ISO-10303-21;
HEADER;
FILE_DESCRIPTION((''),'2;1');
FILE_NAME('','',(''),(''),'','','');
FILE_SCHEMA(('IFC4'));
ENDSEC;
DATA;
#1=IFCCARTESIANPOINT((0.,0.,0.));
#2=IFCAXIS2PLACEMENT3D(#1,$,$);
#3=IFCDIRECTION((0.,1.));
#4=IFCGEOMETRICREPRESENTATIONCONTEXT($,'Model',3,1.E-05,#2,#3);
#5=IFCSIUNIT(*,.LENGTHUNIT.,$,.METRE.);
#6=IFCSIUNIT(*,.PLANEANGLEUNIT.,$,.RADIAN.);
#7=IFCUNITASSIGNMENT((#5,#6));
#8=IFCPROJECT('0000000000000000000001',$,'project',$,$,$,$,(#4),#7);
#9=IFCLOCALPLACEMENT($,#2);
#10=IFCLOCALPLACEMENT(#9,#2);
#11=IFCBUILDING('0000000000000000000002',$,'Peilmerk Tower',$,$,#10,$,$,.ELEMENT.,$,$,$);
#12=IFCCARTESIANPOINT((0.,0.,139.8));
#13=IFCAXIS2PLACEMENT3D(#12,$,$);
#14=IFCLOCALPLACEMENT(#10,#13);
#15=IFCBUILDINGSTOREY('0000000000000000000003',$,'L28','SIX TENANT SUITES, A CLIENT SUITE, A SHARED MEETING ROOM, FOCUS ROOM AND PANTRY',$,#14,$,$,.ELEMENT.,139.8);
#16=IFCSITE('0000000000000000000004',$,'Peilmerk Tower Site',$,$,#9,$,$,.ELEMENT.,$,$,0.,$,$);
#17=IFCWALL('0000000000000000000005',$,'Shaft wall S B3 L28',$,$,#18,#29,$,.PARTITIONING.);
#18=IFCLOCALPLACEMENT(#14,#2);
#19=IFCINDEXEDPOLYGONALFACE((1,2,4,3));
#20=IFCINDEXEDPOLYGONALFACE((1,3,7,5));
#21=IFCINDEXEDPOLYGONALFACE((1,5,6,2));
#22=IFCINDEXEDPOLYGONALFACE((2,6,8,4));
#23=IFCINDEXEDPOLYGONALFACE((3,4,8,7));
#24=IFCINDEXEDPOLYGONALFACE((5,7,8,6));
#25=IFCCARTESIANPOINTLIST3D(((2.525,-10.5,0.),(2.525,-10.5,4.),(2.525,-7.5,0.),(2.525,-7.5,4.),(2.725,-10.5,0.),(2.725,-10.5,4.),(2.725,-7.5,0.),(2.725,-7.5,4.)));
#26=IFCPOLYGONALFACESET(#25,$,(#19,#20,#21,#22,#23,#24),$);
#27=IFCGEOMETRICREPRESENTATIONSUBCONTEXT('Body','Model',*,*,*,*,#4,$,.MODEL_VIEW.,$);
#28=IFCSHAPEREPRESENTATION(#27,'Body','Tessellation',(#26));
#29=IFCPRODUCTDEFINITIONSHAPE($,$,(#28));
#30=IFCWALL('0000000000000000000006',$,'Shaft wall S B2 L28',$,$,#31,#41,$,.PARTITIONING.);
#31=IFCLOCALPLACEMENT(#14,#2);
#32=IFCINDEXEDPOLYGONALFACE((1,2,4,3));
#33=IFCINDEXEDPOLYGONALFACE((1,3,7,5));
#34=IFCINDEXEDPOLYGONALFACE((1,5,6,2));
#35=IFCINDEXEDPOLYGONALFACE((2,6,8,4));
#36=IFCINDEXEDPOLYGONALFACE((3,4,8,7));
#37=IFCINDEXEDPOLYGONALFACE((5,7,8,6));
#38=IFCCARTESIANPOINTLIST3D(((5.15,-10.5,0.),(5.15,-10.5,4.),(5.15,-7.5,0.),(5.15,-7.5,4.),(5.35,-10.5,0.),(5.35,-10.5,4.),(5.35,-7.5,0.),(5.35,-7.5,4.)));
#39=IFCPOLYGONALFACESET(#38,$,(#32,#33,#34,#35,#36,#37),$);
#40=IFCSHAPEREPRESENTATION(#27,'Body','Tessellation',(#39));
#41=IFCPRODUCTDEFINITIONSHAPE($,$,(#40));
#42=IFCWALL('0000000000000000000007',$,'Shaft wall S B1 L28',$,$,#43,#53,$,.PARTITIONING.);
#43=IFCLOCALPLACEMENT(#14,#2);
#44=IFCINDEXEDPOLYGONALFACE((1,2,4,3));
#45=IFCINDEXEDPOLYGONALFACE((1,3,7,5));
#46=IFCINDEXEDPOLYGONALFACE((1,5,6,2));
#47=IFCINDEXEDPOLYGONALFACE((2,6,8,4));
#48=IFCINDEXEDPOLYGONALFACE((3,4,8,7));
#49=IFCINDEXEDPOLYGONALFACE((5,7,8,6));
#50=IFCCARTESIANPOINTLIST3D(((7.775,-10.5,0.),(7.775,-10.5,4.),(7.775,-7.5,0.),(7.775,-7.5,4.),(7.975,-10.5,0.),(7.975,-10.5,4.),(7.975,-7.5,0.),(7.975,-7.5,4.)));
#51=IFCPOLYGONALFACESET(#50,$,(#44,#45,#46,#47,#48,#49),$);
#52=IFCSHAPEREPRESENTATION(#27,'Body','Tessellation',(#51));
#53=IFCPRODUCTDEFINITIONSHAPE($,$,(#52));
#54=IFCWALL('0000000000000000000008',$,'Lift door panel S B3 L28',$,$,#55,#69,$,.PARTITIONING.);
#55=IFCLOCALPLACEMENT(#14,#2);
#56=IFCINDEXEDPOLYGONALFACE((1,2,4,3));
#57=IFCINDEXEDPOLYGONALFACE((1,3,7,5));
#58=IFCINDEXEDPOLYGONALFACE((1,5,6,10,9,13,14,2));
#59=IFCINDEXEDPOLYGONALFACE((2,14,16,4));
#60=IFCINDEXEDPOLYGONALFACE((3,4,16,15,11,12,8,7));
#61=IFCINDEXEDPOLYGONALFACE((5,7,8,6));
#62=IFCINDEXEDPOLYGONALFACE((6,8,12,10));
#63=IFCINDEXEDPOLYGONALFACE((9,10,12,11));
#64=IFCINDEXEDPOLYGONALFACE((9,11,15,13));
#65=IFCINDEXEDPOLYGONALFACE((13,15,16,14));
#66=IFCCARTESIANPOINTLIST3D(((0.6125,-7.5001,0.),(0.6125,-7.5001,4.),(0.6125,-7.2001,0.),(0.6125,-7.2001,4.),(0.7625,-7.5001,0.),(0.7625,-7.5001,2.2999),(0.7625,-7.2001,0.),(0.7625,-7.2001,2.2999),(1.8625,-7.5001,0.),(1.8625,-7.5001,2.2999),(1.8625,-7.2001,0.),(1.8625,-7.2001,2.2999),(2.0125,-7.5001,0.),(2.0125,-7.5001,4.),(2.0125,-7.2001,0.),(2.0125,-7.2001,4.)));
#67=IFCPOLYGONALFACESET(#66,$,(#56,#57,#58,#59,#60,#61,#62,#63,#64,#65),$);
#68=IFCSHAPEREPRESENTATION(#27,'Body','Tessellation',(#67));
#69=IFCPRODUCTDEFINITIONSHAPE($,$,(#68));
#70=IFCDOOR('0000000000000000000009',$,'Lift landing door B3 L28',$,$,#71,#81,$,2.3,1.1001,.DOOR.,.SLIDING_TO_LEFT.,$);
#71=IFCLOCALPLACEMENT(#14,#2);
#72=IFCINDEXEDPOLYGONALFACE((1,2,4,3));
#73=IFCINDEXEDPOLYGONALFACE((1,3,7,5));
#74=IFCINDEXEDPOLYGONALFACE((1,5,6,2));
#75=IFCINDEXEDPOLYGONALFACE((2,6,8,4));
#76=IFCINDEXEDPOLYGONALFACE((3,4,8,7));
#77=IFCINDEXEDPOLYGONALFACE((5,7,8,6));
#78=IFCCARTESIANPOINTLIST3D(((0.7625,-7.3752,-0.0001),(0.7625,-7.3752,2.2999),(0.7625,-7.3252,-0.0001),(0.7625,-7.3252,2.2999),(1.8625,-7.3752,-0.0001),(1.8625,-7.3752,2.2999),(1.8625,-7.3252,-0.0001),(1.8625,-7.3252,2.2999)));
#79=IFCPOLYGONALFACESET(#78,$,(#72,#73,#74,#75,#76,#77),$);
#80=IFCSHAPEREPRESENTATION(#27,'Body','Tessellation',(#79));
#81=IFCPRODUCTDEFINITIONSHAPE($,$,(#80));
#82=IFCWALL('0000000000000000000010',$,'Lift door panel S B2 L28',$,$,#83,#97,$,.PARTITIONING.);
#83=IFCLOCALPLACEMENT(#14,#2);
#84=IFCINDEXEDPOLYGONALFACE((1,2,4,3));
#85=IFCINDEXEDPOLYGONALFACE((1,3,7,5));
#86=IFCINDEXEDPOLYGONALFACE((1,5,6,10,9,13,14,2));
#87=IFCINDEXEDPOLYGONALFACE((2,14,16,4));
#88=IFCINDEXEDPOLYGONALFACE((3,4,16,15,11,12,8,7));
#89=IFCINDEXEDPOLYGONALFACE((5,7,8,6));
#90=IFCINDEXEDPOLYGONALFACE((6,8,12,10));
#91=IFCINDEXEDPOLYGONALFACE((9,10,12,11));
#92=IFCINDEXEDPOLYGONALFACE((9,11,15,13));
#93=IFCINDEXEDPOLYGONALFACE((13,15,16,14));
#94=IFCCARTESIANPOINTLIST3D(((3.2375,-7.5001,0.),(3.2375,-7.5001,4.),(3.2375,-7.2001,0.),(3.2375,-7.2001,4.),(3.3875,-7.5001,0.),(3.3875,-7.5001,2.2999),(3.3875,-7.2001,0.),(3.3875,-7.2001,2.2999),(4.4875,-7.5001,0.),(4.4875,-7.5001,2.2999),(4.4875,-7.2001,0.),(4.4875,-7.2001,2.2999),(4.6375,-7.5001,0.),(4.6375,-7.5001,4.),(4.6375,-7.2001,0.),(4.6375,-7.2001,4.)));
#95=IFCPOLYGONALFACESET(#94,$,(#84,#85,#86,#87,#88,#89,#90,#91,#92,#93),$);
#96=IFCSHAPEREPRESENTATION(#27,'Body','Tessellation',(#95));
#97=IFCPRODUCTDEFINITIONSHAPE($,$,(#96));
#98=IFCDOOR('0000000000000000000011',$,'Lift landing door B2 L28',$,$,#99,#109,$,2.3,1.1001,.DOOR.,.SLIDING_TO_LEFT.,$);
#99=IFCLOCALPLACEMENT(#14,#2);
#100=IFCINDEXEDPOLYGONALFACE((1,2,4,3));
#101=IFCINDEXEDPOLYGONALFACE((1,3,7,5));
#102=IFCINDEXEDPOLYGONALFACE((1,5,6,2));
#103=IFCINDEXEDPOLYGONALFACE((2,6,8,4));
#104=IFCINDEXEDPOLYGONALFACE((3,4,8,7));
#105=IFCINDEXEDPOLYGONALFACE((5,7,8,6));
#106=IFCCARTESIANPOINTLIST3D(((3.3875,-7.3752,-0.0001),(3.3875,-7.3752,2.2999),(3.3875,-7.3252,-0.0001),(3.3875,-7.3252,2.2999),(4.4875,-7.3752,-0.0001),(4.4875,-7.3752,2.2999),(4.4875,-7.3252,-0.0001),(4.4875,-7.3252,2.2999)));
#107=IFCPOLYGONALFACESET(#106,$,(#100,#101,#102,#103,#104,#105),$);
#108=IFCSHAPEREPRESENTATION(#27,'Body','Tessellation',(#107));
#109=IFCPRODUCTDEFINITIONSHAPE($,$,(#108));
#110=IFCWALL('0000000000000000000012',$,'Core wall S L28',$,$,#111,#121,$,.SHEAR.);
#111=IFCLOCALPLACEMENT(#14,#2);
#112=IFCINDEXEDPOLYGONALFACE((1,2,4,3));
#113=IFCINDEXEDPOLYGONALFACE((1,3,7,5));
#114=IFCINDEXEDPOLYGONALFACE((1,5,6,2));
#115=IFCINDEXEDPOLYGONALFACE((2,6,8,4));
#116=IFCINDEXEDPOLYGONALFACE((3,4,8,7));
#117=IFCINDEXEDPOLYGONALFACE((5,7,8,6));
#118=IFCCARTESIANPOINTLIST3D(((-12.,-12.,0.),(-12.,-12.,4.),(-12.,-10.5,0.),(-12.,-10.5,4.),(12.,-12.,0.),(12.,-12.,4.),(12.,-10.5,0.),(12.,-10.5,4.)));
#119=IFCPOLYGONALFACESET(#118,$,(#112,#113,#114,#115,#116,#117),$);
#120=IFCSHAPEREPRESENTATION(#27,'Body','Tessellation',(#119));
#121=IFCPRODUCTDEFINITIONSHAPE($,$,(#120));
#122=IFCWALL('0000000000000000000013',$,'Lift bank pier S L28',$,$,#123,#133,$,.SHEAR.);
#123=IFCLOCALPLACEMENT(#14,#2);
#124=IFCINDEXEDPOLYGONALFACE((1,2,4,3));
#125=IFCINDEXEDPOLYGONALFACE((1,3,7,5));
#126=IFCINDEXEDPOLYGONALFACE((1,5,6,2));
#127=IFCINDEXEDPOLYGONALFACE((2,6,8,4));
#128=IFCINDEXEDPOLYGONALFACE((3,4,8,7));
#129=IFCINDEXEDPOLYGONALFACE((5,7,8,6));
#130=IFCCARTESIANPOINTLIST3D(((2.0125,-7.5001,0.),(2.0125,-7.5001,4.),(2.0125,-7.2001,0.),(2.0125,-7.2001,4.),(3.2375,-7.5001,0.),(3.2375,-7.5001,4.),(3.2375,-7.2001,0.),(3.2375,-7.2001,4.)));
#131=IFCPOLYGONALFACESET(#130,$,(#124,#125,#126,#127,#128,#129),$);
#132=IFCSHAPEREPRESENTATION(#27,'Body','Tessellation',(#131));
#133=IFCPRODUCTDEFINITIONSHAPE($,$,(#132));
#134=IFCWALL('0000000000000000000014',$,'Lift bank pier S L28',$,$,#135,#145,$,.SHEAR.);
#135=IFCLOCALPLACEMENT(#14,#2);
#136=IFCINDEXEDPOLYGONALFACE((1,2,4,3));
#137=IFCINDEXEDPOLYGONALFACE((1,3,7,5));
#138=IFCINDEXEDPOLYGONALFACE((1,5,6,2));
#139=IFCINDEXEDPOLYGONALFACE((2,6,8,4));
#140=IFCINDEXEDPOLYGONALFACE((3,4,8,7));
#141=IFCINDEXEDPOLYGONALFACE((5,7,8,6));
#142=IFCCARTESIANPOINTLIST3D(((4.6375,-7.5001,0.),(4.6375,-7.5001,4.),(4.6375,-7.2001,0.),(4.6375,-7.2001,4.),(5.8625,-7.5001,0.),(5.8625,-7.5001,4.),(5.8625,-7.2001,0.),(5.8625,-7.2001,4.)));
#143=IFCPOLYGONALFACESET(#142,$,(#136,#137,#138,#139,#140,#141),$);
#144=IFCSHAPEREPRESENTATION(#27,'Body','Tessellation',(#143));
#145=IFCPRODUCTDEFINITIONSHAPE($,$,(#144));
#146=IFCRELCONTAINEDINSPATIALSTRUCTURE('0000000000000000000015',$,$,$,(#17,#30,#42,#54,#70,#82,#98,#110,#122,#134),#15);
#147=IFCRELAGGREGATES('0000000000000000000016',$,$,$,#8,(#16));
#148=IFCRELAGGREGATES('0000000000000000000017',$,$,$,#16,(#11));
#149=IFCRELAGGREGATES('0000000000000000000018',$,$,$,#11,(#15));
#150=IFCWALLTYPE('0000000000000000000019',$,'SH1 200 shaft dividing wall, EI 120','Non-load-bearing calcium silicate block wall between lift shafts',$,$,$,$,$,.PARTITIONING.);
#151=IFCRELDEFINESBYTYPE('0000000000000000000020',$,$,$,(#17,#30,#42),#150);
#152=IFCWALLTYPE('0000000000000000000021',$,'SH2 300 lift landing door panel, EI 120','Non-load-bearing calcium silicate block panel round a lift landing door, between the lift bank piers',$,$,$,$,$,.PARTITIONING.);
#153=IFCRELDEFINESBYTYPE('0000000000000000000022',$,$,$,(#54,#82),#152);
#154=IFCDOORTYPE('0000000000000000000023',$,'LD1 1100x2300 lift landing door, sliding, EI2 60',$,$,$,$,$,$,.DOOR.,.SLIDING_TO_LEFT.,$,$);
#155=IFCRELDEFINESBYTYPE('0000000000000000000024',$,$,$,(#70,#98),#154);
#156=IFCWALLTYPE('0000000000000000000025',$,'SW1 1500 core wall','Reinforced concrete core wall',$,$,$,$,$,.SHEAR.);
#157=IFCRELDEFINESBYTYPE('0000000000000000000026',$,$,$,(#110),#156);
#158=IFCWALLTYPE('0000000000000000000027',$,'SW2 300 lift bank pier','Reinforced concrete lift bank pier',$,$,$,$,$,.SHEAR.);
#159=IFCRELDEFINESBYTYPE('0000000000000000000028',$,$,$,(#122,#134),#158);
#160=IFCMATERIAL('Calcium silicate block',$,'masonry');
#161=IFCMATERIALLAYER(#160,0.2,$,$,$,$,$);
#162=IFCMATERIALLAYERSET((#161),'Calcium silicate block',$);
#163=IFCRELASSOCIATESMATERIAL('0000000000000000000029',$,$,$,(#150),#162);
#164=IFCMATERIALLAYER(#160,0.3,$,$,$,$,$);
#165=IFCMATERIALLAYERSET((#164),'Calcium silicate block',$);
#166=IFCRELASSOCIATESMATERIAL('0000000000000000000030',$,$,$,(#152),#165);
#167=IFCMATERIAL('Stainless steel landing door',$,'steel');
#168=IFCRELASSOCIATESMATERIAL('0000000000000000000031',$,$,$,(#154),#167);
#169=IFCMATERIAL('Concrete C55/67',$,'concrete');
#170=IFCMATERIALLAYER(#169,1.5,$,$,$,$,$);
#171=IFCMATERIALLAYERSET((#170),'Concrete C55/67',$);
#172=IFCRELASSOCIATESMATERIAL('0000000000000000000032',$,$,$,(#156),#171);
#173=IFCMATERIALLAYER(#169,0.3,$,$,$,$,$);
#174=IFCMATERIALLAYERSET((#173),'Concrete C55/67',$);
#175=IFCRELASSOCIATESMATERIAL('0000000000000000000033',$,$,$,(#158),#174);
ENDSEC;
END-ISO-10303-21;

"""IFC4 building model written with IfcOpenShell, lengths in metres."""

from ifc_helpers import new_model, si_unit, direction, frame, frame_2d, origin, place, context, subcontext, project, spatial, rectangle, extrude, material, layer, layer_set, type_object, element, fill, save


model = new_model("IFC4")

# Units and contexts
model_context = context("Model", 3, precision=1e-05, world=origin(), true_north=direction((0.0, 1.0)))
body_context = subcontext(model_context, "Body", "Model", "MODEL_VIEW")
ifc_project = project(units=[si_unit("LENGTHUNIT", "METRE"), si_unit("PLANEANGLEUNIT", "RADIAN")], contexts=[model_context])

# Site, building, storey
site_placement = place(None, origin())
site = spatial("IfcSite", under=ifc_project, at=site_placement, Name="Peilmerk Tower Site", CompositionType="ELEMENT", RefElevation=0.0)
building_placement = place(site_placement, origin())
building = spatial("IfcBuilding", under=site, at=building_placement, Name="Peilmerk Tower", CompositionType="ELEMENT")
storey_placement = place(building_placement, frame((0.0, 0.0, 139.8)))
storey = spatial("IfcBuildingStorey", under=building, at=storey_placement, Name="L28", Description="SIX TENANT SUITES, A CLIENT SUITE, A SHARED MEETING ROOM, FOCUS ROOM AND PANTRY", CompositionType="ELEMENT", Elevation=139.8)

# Shared definitions
ifc_material_1 = material(Name="Calcium silicate block", Category="masonry")

# Walls
ifc_layer_1 = layer(ifc_material_1, 0.2)
ifc_layer_set_1 = layer_set([ifc_layer_1], Name="Calcium silicate block")
wall_type_1 = type_object("IfcWallType", Name="SH1 200 shaft dividing wall, EI 120", Description="Non-load-bearing calcium silicate block wall between lift shafts", PredefinedType="PARTITIONING", material=ifc_layer_set_1)
for number, where, z_axis, x_axis, name in (
    (1, (2.625, -10.5, 0.0), (0.0, 0.0, 1.0), (0.0, 1.0, 0.0), "Shaft wall S B3 L28"),
    (2, (5.25, -10.5, 0.0), (0.0, 0.0, 1.0), (0.0, 1.0, 0.0), "Shaft wall S B2 L28"),
    (3, (7.875, -10.5, 0.0), (0.0, 0.0, 1.0), (0.0, 1.0, 0.0), "Shaft wall S B1 L28"),
):
    element("IfcWall", number, at=place(storey_placement, frame(where, z_axis=z_axis, x_axis=x_axis)), inside=storey, type_object=wall_type_1, Name=name, PredefinedType="PARTITIONING", context=body_context, shape_type="SweptSolid", body=[
        extrude(rectangle(XDim=3.0, YDim=0.2, at=frame_2d((1.5, 0.0))), origin(), (0.0, 0.0, 1.0), 4.0),
    ])

# Walls, openings, doors
ifc_layer_2 = layer(ifc_material_1, 0.3)
ifc_layer_set_2 = layer_set([ifc_layer_2], Name="Calcium silicate block")
wall_type_2 = type_object("IfcWallType", Name="SH2 300 lift landing door panel, EI 120", Description="Non-load-bearing calcium silicate block panel round a lift landing door, between the lift bank piers", PredefinedType="PARTITIONING", material=ifc_layer_set_2)
wall_1_placement = place(storey_placement, frame((0.6125, -7.3501, 0.0), z_axis=(0.0, 0.0, 1.0), x_axis=(1.0, 0.0, 0.0)))
wall_1 = element("IfcWall", 4, at=wall_1_placement, inside=storey, type_object=wall_type_2, Name="Lift door panel S B3 L28", PredefinedType="PARTITIONING", context=body_context, shape_type="SweptSolid", body=[
    extrude(rectangle(XDim=1.3999, YDim=0.3, at=frame_2d((0.7, 0.0))), origin(), (0.0, 0.0, 1.0), 4.0),
])
opening_1_placement = place(wall_1_placement, frame((0.1499, 0.0, 0.0)))
opening_1 = element("IfcOpeningElement", 5, at=opening_1_placement, cuts=wall_1, PredefinedType="OPENING", context=body_context, shape_type="SweptSolid", body=[
    extrude(rectangle(XDim=1.1001, YDim=2.3, at=frame_2d((0.55, 1.1499))), frame((0.0, 0.1599, 0.0), z_axis=(0.0, -1.0, 0.0), x_axis=(1.0, 0.0, 0.0)), (0.0, 0.0, 1.0), 0.3201),
])
ifc_material_2 = material(Name="Stainless steel landing door", Category="steel")
door_type_1 = type_object("IfcDoorType", Name="LD1 1100x2300 lift landing door, sliding, EI2 60", OperationType="SLIDING_TO_LEFT", PredefinedType="DOOR", material=ifc_material_2)
door_1_placement = place(opening_1_placement, origin())
door_1 = element("IfcDoor", 6, at=door_1_placement, inside=storey, type_object=door_type_1, Name="Lift landing door B3 L28", OperationType="SLIDING_TO_LEFT", OverallHeight=2.3, OverallWidth=1.1001, PredefinedType="DOOR", context=body_context, shape_type="SweptSolid", body=[
    extrude(rectangle(XDim=1.1001, YDim=2.3, at=frame_2d((0.55, 1.1499))), frame((0.0, 0.0249, 0.0), z_axis=(0.0, -1.0, 0.0), x_axis=(1.0, 0.0, 0.0)), (0.0, 0.0, 1.0), 0.05),
])
fill(opening_1, door_1)
wall_2_placement = place(storey_placement, frame((3.2375, -7.3501, 0.0), z_axis=(0.0, 0.0, 1.0), x_axis=(1.0, 0.0, 0.0)))
wall_2 = element("IfcWall", 7, at=wall_2_placement, inside=storey, type_object=wall_type_2, Name="Lift door panel S B2 L28", PredefinedType="PARTITIONING", context=body_context, shape_type="SweptSolid", body=[
    extrude(rectangle(XDim=1.3999, YDim=0.3, at=frame_2d((0.7, 0.0))), origin(), (0.0, 0.0, 1.0), 4.0),
])
opening_2_placement = place(wall_2_placement, frame((0.1499, 0.0, 0.0)))
opening_2 = element("IfcOpeningElement", 8, at=opening_2_placement, cuts=wall_2, PredefinedType="OPENING", context=body_context, shape_type="SweptSolid", body=[
    extrude(rectangle(XDim=1.1001, YDim=2.3, at=frame_2d((0.55, 1.1499))), frame((0.0, 0.1599, 0.0), z_axis=(0.0, -1.0, 0.0), x_axis=(1.0, 0.0, 0.0)), (0.0, 0.0, 1.0), 0.3201),
])
door_2_placement = place(opening_2_placement, origin())
door_2 = element("IfcDoor", 9, at=door_2_placement, inside=storey, type_object=door_type_1, Name="Lift landing door B2 L28", OperationType="SLIDING_TO_LEFT", OverallHeight=2.3, OverallWidth=1.1001, PredefinedType="DOOR", context=body_context, shape_type="SweptSolid", body=[
    extrude(rectangle(XDim=1.1001, YDim=2.3, at=frame_2d((0.55, 1.1499))), frame((0.0, 0.0249, 0.0), z_axis=(0.0, -1.0, 0.0), x_axis=(1.0, 0.0, 0.0)), (0.0, 0.0, 1.0), 0.05),
])
fill(opening_2, door_2)

# Walls
ifc_material_3 = material(Name="Concrete C55/67", Category="concrete")
ifc_layer_3 = layer(ifc_material_3, 1.5)
ifc_layer_set_3 = layer_set([ifc_layer_3], Name="Concrete C55/67")
wall_type_3 = type_object("IfcWallType", Name="SW1 1500 core wall", Description="Reinforced concrete core wall", PredefinedType="SHEAR", material=ifc_layer_set_3)
wall_3_placement = place(storey_placement, frame((12.0, -11.25, 0.0), z_axis=(0.0, 0.0, 1.0), x_axis=(-1.0, 0.0, 0.0)))
element("IfcWall", 10, at=wall_3_placement, inside=storey, type_object=wall_type_3, Name="Core wall S L28", PredefinedType="SHEAR", context=body_context, shape_type="SweptSolid", body=[
    extrude(rectangle(XDim=24.0, YDim=1.5, at=frame_2d((12.0, 0.0))), origin(), (0.0, 0.0, 1.0), 4.0),
])
ifc_layer_4 = layer(ifc_material_3, 0.3)
ifc_layer_set_4 = layer_set([ifc_layer_4], Name="Concrete C55/67")
wall_type_4 = type_object("IfcWallType", Name="SW2 300 lift bank pier", Description="Reinforced concrete lift bank pier", PredefinedType="SHEAR", material=ifc_layer_set_4)
for number, where, z_axis, x_axis, name in (
    (11, (2.0125, -7.3501, 0.0), (0.0, 0.0, 1.0), (1.0, 0.0, 0.0), "Lift bank pier S L28"),
    (12, (4.6375, -7.3501, 0.0), (0.0, 0.0, 1.0), (1.0, 0.0, 0.0), "Lift bank pier S L28"),
):
    element("IfcWall", number, at=place(storey_placement, frame(where, z_axis=z_axis, x_axis=x_axis)), inside=storey, type_object=wall_type_4, Name=name, PredefinedType="SHEAR", context=body_context, shape_type="SweptSolid", body=[
        extrude(rectangle(XDim=1.2251, YDim=0.3, at=frame_2d((0.6125, 0.0))), origin(), (0.0, 0.0, 1.0), 4.0),
    ])

save(model, "model.ifc")
